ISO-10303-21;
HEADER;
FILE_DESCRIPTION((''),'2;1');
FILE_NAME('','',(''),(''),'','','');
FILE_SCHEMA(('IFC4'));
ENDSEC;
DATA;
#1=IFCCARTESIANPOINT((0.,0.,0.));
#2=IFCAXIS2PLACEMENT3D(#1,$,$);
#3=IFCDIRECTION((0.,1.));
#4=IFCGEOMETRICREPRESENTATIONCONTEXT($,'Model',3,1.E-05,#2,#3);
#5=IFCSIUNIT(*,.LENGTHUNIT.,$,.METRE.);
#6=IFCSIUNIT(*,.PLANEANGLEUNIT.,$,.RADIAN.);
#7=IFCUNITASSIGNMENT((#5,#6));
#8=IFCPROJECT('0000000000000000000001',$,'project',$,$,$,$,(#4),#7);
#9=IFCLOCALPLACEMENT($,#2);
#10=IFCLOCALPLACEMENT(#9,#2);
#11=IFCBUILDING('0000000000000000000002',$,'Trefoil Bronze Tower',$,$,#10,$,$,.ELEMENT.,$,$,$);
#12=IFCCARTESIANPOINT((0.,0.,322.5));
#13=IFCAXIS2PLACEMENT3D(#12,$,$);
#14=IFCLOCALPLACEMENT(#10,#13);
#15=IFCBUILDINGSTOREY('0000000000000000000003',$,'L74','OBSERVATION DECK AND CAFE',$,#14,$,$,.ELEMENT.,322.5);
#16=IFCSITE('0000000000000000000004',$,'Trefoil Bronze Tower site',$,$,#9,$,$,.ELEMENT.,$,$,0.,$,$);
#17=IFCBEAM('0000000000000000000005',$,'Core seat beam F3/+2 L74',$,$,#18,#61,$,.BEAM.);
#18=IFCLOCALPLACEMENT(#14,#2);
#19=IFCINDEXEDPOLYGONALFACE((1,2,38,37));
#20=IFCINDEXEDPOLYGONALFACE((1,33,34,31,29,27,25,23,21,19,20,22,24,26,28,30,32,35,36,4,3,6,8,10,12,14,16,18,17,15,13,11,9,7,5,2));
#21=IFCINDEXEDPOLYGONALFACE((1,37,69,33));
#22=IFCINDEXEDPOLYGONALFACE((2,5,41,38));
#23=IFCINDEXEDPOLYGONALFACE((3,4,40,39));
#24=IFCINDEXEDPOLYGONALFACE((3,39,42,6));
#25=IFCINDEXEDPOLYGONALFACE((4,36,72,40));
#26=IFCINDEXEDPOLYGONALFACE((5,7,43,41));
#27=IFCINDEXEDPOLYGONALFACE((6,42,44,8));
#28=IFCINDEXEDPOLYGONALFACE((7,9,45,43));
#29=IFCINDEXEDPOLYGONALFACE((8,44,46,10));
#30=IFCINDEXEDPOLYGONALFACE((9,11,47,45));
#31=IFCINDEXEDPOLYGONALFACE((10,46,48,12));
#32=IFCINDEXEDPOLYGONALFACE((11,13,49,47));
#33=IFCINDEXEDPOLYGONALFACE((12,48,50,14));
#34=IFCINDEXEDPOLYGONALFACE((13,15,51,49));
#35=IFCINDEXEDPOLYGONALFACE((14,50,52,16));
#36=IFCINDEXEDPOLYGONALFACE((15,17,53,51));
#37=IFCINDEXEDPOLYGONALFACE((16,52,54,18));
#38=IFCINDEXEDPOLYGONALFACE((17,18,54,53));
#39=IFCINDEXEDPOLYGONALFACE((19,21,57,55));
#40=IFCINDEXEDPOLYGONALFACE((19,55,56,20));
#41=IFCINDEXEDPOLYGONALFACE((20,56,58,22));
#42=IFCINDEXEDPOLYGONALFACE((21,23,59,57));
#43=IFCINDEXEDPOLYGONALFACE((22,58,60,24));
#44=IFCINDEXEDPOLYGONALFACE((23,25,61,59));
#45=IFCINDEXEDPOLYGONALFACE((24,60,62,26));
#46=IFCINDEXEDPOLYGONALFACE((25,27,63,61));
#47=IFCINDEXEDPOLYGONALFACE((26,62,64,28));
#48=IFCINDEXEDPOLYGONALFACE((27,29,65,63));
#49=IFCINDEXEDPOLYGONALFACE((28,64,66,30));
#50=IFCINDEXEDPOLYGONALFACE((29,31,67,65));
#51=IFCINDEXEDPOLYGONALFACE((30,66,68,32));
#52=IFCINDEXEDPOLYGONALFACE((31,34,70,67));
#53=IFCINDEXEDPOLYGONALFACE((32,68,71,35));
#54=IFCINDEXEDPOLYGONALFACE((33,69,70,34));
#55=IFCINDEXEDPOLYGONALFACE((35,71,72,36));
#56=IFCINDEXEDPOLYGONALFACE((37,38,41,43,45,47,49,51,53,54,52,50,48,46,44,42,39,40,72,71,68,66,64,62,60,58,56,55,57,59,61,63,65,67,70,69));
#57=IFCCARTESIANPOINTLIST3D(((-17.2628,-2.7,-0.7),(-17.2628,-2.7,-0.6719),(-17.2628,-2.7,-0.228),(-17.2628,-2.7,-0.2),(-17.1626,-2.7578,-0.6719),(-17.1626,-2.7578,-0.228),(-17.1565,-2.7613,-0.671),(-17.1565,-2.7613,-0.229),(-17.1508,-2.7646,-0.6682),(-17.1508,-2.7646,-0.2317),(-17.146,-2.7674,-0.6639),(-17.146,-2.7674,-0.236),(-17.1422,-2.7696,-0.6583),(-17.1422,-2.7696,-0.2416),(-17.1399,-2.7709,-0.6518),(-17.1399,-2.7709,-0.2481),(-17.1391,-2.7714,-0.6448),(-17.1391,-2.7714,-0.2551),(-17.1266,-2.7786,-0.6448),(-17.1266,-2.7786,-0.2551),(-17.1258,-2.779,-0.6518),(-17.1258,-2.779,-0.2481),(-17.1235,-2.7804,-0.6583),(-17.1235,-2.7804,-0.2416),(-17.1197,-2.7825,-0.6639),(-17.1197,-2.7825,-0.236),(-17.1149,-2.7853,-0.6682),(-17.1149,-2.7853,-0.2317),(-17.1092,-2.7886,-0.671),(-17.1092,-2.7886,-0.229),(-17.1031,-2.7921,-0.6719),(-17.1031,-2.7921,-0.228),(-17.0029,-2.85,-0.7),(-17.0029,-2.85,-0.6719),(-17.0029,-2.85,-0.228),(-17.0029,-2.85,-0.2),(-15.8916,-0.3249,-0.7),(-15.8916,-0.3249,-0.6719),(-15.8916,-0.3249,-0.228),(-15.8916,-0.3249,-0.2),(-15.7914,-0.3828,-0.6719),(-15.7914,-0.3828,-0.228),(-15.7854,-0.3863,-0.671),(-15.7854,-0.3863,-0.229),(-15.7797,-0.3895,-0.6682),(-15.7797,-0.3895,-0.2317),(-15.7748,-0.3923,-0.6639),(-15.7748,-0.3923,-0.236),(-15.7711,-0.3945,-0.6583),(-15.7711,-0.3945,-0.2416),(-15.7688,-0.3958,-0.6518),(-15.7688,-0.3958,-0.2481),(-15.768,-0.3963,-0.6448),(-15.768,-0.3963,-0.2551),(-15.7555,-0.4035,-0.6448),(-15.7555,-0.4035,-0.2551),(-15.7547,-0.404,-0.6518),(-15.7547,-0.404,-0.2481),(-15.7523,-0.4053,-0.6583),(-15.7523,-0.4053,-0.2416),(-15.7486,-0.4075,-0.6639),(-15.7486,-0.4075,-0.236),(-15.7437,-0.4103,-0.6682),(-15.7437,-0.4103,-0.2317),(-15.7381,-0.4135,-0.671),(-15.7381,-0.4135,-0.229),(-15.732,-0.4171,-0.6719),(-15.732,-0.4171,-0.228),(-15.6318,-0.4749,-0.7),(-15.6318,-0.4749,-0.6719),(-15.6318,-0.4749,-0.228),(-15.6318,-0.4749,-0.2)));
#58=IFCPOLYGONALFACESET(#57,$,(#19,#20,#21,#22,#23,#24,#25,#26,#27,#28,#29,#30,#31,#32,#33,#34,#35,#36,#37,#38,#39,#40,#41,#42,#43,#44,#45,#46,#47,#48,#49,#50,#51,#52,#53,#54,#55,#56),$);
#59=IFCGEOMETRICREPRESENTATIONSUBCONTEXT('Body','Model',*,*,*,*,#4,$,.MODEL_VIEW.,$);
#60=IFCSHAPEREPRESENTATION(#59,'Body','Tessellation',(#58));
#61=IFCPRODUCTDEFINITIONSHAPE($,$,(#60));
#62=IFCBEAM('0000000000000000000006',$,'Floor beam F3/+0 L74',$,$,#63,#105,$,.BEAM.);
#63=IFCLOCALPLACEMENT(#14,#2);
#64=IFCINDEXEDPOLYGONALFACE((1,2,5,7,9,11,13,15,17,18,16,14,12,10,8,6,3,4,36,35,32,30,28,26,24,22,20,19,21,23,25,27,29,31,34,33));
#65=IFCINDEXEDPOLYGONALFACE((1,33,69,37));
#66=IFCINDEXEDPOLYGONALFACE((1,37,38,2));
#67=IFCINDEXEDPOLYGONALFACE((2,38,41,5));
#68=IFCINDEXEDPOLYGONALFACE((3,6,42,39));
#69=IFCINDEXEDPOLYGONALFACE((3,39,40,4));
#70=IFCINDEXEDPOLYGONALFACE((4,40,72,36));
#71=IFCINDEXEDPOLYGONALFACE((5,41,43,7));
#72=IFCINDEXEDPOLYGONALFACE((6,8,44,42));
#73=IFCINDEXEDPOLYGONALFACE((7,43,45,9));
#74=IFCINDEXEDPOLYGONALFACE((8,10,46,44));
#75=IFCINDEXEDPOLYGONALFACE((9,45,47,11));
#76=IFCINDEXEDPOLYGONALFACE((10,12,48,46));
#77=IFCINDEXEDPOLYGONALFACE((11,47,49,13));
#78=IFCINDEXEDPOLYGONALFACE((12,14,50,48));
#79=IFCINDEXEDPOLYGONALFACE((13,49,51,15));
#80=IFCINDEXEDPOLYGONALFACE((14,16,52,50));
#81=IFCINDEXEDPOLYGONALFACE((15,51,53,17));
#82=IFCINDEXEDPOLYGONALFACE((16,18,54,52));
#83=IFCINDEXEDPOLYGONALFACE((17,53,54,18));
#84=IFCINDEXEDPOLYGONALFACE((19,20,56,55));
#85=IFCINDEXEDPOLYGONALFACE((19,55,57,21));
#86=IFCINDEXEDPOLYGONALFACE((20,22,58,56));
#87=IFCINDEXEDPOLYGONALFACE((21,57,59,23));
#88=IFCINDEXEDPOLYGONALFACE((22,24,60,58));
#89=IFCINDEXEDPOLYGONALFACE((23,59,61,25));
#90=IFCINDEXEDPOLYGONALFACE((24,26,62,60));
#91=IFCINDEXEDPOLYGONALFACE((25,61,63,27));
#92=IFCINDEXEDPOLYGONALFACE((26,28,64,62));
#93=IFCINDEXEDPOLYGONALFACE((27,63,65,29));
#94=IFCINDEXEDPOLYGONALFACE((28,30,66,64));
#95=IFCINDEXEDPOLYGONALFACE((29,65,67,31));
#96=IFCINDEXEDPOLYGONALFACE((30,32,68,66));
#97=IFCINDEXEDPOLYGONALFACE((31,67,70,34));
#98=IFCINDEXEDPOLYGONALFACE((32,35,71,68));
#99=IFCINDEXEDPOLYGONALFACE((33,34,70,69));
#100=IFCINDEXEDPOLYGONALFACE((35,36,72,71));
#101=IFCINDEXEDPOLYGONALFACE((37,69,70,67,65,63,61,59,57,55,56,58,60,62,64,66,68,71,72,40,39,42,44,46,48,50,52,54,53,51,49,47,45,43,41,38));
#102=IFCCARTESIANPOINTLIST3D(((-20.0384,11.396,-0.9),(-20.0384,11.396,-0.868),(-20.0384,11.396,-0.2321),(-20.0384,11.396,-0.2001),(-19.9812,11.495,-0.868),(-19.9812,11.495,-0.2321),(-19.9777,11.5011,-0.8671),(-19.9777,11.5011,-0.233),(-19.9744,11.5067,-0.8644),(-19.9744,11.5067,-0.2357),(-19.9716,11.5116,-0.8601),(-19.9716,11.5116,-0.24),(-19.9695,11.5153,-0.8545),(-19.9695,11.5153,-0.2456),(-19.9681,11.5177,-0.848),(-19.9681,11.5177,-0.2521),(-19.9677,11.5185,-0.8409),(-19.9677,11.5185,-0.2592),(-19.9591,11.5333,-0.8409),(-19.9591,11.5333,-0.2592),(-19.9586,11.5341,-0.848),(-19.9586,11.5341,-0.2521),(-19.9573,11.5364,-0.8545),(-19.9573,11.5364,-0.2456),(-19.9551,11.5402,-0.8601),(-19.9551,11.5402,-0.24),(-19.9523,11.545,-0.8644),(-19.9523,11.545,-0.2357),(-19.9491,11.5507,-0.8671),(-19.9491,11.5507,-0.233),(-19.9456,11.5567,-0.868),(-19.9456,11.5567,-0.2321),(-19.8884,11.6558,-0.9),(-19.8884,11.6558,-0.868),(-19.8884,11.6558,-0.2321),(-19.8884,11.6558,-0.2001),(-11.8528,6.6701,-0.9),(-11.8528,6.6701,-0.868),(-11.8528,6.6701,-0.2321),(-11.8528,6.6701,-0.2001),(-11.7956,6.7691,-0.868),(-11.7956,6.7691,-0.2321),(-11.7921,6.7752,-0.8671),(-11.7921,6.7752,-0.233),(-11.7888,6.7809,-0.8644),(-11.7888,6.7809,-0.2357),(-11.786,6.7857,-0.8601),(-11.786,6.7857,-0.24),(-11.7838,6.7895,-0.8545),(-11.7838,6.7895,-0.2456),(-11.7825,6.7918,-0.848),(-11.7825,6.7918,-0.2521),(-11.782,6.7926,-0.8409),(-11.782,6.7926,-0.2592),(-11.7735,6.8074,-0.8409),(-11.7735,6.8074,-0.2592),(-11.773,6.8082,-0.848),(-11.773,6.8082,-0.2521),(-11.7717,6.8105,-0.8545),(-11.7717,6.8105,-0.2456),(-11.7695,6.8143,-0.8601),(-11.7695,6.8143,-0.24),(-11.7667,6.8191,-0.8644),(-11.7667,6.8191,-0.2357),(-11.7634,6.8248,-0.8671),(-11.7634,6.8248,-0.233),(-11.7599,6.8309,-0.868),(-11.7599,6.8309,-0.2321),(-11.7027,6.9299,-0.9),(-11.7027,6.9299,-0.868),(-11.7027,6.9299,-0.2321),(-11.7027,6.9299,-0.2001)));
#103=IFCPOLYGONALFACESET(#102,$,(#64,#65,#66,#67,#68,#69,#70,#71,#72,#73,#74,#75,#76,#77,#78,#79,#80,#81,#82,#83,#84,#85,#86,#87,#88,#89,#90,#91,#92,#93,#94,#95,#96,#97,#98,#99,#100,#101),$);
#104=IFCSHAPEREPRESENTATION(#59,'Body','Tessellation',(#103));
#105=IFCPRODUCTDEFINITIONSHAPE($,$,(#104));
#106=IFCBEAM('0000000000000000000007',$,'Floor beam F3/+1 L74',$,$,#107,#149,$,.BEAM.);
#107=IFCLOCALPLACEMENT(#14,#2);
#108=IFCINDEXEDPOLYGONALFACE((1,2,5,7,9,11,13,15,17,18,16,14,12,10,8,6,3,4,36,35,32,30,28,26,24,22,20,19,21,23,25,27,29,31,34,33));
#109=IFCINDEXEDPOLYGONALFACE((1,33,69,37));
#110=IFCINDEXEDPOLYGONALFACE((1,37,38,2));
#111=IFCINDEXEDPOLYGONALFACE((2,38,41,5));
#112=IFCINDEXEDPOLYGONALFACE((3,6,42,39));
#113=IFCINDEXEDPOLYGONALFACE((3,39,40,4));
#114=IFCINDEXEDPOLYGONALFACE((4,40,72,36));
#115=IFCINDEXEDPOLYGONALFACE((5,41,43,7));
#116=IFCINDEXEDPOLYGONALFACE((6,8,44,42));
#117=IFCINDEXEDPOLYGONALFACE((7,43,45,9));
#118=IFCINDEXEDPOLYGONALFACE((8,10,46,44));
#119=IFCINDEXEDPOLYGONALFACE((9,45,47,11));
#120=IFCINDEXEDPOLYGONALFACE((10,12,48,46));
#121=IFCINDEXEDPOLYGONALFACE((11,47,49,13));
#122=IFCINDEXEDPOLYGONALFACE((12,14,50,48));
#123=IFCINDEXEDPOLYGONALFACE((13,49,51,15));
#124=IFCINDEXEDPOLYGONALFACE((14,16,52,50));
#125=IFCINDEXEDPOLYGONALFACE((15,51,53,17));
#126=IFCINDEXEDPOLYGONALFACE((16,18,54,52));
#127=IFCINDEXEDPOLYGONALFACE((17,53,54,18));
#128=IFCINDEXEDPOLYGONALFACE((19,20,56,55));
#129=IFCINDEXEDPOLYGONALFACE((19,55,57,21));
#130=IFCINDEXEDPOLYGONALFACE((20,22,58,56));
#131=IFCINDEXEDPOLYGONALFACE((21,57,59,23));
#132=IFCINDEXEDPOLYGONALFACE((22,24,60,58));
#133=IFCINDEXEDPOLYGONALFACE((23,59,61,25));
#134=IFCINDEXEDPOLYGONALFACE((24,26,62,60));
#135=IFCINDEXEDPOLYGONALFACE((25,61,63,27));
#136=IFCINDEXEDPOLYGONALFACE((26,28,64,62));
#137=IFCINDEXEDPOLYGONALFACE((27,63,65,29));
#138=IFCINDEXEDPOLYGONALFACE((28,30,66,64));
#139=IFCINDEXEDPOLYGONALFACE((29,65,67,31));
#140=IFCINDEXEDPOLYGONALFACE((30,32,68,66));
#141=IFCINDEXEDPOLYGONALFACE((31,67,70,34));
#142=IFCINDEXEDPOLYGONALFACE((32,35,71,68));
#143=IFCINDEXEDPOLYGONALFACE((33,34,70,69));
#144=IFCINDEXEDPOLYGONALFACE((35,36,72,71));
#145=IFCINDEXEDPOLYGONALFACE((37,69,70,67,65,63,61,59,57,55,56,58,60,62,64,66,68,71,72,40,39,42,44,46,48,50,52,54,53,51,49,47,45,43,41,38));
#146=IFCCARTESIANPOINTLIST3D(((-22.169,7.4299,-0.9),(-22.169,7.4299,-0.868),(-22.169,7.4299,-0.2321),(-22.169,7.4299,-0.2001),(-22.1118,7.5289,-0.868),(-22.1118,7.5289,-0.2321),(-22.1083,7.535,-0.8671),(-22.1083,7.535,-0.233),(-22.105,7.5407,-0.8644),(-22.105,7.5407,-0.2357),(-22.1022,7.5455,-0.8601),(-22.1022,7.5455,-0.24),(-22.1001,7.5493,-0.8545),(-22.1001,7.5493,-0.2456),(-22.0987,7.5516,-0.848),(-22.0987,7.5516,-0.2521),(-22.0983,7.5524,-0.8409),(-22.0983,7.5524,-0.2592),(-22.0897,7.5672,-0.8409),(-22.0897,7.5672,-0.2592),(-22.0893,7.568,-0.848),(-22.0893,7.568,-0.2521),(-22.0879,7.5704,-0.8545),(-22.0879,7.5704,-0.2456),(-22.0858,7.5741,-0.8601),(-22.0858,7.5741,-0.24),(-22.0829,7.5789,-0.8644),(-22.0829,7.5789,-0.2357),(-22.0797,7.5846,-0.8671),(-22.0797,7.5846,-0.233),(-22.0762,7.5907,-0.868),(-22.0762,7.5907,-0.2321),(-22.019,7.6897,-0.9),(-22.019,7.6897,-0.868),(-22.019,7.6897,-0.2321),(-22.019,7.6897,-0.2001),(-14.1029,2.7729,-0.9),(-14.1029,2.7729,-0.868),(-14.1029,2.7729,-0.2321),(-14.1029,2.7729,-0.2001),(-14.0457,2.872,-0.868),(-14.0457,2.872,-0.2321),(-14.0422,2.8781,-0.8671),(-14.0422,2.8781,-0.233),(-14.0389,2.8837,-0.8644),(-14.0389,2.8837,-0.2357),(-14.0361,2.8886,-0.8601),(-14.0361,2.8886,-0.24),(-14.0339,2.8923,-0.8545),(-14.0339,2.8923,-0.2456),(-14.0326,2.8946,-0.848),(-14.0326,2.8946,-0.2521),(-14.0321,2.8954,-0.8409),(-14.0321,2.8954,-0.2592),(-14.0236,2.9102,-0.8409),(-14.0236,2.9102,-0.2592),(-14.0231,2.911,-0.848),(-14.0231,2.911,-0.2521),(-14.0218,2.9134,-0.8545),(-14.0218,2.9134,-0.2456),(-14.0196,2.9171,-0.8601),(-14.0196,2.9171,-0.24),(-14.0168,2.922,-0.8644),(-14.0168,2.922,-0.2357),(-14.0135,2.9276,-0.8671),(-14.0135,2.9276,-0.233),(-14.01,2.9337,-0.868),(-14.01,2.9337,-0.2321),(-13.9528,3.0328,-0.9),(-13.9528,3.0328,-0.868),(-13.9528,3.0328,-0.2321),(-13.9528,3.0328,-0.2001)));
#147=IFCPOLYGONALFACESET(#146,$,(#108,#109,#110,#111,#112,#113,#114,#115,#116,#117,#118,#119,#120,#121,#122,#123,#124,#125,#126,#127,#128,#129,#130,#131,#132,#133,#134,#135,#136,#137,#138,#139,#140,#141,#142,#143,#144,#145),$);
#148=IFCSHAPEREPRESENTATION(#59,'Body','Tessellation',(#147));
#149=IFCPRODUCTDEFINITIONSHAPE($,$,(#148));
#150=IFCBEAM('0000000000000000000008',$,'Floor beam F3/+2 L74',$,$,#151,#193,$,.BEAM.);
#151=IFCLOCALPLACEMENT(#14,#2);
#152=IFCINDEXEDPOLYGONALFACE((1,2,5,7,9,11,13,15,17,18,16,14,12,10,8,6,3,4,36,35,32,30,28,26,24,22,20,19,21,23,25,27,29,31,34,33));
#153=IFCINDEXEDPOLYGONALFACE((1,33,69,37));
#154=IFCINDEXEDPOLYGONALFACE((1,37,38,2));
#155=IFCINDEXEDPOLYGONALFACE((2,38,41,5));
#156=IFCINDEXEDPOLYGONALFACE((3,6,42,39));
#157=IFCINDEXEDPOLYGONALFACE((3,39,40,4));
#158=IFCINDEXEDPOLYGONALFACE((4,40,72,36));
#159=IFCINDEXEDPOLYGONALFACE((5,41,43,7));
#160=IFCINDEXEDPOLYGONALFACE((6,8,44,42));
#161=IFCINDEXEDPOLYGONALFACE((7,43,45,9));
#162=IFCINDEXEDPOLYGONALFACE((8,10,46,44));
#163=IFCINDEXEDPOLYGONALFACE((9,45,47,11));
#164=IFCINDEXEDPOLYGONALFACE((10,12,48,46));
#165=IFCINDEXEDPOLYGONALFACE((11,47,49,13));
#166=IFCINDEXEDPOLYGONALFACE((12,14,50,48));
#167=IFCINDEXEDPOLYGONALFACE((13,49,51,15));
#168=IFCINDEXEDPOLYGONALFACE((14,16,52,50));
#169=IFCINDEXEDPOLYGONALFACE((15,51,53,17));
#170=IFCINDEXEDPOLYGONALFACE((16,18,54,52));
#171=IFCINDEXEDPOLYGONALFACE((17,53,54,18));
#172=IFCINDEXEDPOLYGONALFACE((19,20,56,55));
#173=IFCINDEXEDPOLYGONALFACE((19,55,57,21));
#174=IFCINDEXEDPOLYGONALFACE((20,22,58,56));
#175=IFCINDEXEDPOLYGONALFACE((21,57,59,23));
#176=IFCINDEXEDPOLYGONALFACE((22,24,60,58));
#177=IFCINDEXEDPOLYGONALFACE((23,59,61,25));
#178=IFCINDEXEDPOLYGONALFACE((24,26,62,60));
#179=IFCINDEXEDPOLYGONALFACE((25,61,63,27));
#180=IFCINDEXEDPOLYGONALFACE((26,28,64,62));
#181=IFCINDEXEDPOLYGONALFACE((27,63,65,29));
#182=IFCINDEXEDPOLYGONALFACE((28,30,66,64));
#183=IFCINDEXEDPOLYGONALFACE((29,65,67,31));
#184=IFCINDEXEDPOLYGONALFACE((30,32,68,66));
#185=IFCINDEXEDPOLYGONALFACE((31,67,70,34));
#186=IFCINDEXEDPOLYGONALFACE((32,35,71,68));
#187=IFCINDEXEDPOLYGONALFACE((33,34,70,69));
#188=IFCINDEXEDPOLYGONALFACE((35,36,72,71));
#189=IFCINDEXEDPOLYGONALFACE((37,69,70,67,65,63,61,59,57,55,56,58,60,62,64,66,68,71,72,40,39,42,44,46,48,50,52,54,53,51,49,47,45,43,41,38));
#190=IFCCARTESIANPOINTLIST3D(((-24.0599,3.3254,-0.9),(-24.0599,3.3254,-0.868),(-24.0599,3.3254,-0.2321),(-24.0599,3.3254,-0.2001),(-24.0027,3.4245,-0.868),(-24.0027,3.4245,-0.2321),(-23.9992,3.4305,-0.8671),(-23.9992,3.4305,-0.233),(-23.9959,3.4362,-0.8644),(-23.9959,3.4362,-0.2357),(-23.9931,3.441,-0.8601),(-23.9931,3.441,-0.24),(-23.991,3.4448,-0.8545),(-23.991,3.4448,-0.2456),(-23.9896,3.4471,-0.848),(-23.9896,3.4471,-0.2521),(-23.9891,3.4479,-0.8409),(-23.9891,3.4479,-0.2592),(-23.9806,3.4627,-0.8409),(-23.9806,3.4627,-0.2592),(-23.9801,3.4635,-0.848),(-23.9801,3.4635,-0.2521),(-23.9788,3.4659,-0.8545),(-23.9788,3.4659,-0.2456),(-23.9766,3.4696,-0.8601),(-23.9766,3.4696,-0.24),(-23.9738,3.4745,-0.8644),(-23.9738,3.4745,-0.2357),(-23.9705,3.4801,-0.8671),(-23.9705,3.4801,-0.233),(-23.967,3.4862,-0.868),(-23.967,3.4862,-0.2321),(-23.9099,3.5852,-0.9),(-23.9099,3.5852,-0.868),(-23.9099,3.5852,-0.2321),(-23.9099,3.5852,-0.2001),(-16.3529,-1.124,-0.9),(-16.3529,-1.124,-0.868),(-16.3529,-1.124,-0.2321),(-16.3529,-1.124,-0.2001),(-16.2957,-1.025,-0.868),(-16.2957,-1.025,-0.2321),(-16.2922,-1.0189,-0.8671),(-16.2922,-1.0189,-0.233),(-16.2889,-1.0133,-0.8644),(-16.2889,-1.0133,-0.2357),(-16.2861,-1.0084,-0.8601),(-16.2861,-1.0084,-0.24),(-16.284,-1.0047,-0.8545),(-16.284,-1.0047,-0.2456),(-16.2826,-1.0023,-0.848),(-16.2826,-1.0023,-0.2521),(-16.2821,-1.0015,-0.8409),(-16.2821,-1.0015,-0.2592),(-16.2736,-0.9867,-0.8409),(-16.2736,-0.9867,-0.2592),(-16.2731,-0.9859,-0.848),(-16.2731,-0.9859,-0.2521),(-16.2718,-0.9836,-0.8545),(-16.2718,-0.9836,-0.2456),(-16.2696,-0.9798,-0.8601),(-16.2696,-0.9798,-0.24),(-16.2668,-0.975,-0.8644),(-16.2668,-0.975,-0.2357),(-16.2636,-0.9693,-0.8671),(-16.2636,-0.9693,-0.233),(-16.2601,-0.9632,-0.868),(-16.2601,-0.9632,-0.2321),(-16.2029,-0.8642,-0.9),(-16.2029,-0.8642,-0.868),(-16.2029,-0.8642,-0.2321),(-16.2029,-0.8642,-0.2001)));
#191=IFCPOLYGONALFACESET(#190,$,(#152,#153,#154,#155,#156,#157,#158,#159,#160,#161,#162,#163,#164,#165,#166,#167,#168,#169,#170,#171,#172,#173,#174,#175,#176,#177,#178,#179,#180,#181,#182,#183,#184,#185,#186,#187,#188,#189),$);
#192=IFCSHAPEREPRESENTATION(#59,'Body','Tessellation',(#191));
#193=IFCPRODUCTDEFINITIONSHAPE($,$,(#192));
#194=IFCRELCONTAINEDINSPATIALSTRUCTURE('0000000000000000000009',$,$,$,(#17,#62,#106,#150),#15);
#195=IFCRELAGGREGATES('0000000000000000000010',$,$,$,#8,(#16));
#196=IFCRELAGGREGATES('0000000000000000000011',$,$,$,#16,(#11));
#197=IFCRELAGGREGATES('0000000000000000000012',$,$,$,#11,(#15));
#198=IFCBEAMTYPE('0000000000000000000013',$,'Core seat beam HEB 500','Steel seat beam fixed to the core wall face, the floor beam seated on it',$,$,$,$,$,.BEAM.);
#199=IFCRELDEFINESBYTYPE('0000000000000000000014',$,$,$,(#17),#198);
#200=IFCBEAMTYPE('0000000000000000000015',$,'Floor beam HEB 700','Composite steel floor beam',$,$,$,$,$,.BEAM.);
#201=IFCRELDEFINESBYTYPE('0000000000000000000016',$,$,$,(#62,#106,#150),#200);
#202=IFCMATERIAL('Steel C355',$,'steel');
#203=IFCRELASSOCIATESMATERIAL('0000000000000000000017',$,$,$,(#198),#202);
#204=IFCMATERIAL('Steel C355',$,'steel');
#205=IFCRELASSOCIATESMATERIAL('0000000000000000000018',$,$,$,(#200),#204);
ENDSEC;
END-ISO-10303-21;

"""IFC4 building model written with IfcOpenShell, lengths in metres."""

from ifc_helpers import new_model, si_unit, direction, frame, origin, origin_2d, place, context, subcontext, project, spatial, i_section, extrude, material, material_profile, profile_set, type_object, element, save


model = new_model("IFC4")

# Units and contexts
model_context = context("Model", 3, precision=1e-05, world=origin(), true_north=direction((0.0, 1.0)))
body_context = subcontext(model_context, "Body", "Model", "MODEL_VIEW")
ifc_project = project(units=[si_unit("LENGTHUNIT", "METRE"), si_unit("PLANEANGLEUNIT", "RADIAN")], contexts=[model_context])

# Site, building, storey
site_placement = place(None, origin())
site = spatial("IfcSite", under=ifc_project, at=site_placement, Name="Trefoil Bronze Tower site", CompositionType="ELEMENT", RefElevation=0.0)
building_placement = place(site_placement, origin())
building = spatial("IfcBuilding", under=site, at=building_placement, Name="Trefoil Bronze Tower", CompositionType="ELEMENT")
storey_placement = place(building_placement, frame((0.0, 0.0, 322.5)))
storey = spatial("IfcBuildingStorey", under=building, at=storey_placement, Name="L74", Description="OBSERVATION DECK AND CAFE", CompositionType="ELEMENT", Elevation=322.5)

# Beams
ifc_material_1 = material(Name="Steel C355", Category="steel")
ifc_material_profile_1 = material_profile(ifc_material_1, i_section(OverallWidth=0.3, OverallDepth=0.5, WebThickness=0.0144, FlangeThickness=0.0281, FilletRadius=0.0271, at=origin_2d()), Name="HEB 500")
ifc_profile_set_1 = profile_set([ifc_material_profile_1], Name="Steel C355")
beam_type_1 = type_object("IfcBeamType", Name="Core seat beam HEB 500", Description="Steel seat beam fixed to the core wall face, the floor beam seated on it", PredefinedType="BEAM", material=ifc_profile_set_1)
for number, where, z_axis, x_axis, name in (
    (1, (-15.7617, -0.3999, -0.45), (-0.499969, -0.866043, 0.0), (0.866043, -0.499969, 0.0), "Core seat beam F3/+2 L74"),
):
    element("IfcBeam", number, at=place(storey_placement, frame(where, z_axis=z_axis, x_axis=x_axis)), inside=storey, type_object=beam_type_1, Name=name, PredefinedType="BEAM", context=body_context, shape_type="SweptSolid", body=[
        extrude(i_section(OverallWidth=0.3, OverallDepth=0.5, WebThickness=0.0144, FlangeThickness=0.0281, FilletRadius=0.0271, at=origin_2d()), origin(), (0.0, 0.0, 1.0), 2.7424),
    ])
ifc_material_2 = material(Name="Steel C355", Category="steel")
ifc_material_profile_2 = material_profile(ifc_material_2, i_section(OverallWidth=0.3, OverallDepth=0.7, WebThickness=0.0171, FlangeThickness=0.032, FilletRadius=0.0271, at=origin_2d()), Name="HEB 700")
ifc_profile_set_2 = profile_set([ifc_material_profile_2], Name="Steel C355")
beam_type_2 = type_object("IfcBeamType", Name="Floor beam HEB 700", Description="Composite steel floor beam", PredefinedType="BEAM", material=ifc_profile_set_2)
beam_1_placement = place(storey_placement, frame((-19.9634, 11.5259, -0.55), z_axis=(0.86603, -0.499992, 0.0), x_axis=(0.499992, 0.86603, 0.0)))
element("IfcBeam", 2, at=beam_1_placement, inside=storey, type_object=beam_type_2, Name="Floor beam F3/+0 L74", PredefinedType="BEAM", context=body_context, shape_type="SweptSolid", body=[
    extrude(i_section(OverallWidth=0.3, OverallDepth=0.7, WebThickness=0.0171, FlangeThickness=0.032, FilletRadius=0.0271, at=origin_2d()), origin(), (0.0, 0.0, 1.0), 9.4519),
])
beam_2_placement = place(storey_placement, frame((-22.094, 7.5598, -0.55), z_axis=(0.866026, -0.499999, 0.0), x_axis=(0.499999, 0.866026, 0.0)))
element("IfcBeam", 3, at=beam_2_placement, inside=storey, type_object=beam_type_2, Name="Floor beam F3/+1 L74", PredefinedType="BEAM", context=body_context, shape_type="SweptSolid", body=[
    extrude(i_section(OverallWidth=0.3, OverallDepth=0.7, WebThickness=0.0171, FlangeThickness=0.032, FilletRadius=0.0271, at=origin_2d()), origin(), (0.0, 0.0, 1.0), 9.314),
])
beam_3_placement = place(storey_placement, frame((-23.9849, 3.4553, -0.55), z_axis=(0.866035, -0.499984, 0.0), x_axis=(0.499984, 0.866035, 0.0)))
element("IfcBeam", 4, at=beam_3_placement, inside=storey, type_object=beam_type_2, Name="Floor beam F3/+2 L74", PredefinedType="BEAM", context=body_context, shape_type="SweptSolid", body=[
    extrude(i_section(OverallWidth=0.3, OverallDepth=0.7, WebThickness=0.0171, FlangeThickness=0.032, FilletRadius=0.0271, at=origin_2d()), origin(), (0.0, 0.0, 1.0), 8.8992),
])

save(model, "model.ifc")
